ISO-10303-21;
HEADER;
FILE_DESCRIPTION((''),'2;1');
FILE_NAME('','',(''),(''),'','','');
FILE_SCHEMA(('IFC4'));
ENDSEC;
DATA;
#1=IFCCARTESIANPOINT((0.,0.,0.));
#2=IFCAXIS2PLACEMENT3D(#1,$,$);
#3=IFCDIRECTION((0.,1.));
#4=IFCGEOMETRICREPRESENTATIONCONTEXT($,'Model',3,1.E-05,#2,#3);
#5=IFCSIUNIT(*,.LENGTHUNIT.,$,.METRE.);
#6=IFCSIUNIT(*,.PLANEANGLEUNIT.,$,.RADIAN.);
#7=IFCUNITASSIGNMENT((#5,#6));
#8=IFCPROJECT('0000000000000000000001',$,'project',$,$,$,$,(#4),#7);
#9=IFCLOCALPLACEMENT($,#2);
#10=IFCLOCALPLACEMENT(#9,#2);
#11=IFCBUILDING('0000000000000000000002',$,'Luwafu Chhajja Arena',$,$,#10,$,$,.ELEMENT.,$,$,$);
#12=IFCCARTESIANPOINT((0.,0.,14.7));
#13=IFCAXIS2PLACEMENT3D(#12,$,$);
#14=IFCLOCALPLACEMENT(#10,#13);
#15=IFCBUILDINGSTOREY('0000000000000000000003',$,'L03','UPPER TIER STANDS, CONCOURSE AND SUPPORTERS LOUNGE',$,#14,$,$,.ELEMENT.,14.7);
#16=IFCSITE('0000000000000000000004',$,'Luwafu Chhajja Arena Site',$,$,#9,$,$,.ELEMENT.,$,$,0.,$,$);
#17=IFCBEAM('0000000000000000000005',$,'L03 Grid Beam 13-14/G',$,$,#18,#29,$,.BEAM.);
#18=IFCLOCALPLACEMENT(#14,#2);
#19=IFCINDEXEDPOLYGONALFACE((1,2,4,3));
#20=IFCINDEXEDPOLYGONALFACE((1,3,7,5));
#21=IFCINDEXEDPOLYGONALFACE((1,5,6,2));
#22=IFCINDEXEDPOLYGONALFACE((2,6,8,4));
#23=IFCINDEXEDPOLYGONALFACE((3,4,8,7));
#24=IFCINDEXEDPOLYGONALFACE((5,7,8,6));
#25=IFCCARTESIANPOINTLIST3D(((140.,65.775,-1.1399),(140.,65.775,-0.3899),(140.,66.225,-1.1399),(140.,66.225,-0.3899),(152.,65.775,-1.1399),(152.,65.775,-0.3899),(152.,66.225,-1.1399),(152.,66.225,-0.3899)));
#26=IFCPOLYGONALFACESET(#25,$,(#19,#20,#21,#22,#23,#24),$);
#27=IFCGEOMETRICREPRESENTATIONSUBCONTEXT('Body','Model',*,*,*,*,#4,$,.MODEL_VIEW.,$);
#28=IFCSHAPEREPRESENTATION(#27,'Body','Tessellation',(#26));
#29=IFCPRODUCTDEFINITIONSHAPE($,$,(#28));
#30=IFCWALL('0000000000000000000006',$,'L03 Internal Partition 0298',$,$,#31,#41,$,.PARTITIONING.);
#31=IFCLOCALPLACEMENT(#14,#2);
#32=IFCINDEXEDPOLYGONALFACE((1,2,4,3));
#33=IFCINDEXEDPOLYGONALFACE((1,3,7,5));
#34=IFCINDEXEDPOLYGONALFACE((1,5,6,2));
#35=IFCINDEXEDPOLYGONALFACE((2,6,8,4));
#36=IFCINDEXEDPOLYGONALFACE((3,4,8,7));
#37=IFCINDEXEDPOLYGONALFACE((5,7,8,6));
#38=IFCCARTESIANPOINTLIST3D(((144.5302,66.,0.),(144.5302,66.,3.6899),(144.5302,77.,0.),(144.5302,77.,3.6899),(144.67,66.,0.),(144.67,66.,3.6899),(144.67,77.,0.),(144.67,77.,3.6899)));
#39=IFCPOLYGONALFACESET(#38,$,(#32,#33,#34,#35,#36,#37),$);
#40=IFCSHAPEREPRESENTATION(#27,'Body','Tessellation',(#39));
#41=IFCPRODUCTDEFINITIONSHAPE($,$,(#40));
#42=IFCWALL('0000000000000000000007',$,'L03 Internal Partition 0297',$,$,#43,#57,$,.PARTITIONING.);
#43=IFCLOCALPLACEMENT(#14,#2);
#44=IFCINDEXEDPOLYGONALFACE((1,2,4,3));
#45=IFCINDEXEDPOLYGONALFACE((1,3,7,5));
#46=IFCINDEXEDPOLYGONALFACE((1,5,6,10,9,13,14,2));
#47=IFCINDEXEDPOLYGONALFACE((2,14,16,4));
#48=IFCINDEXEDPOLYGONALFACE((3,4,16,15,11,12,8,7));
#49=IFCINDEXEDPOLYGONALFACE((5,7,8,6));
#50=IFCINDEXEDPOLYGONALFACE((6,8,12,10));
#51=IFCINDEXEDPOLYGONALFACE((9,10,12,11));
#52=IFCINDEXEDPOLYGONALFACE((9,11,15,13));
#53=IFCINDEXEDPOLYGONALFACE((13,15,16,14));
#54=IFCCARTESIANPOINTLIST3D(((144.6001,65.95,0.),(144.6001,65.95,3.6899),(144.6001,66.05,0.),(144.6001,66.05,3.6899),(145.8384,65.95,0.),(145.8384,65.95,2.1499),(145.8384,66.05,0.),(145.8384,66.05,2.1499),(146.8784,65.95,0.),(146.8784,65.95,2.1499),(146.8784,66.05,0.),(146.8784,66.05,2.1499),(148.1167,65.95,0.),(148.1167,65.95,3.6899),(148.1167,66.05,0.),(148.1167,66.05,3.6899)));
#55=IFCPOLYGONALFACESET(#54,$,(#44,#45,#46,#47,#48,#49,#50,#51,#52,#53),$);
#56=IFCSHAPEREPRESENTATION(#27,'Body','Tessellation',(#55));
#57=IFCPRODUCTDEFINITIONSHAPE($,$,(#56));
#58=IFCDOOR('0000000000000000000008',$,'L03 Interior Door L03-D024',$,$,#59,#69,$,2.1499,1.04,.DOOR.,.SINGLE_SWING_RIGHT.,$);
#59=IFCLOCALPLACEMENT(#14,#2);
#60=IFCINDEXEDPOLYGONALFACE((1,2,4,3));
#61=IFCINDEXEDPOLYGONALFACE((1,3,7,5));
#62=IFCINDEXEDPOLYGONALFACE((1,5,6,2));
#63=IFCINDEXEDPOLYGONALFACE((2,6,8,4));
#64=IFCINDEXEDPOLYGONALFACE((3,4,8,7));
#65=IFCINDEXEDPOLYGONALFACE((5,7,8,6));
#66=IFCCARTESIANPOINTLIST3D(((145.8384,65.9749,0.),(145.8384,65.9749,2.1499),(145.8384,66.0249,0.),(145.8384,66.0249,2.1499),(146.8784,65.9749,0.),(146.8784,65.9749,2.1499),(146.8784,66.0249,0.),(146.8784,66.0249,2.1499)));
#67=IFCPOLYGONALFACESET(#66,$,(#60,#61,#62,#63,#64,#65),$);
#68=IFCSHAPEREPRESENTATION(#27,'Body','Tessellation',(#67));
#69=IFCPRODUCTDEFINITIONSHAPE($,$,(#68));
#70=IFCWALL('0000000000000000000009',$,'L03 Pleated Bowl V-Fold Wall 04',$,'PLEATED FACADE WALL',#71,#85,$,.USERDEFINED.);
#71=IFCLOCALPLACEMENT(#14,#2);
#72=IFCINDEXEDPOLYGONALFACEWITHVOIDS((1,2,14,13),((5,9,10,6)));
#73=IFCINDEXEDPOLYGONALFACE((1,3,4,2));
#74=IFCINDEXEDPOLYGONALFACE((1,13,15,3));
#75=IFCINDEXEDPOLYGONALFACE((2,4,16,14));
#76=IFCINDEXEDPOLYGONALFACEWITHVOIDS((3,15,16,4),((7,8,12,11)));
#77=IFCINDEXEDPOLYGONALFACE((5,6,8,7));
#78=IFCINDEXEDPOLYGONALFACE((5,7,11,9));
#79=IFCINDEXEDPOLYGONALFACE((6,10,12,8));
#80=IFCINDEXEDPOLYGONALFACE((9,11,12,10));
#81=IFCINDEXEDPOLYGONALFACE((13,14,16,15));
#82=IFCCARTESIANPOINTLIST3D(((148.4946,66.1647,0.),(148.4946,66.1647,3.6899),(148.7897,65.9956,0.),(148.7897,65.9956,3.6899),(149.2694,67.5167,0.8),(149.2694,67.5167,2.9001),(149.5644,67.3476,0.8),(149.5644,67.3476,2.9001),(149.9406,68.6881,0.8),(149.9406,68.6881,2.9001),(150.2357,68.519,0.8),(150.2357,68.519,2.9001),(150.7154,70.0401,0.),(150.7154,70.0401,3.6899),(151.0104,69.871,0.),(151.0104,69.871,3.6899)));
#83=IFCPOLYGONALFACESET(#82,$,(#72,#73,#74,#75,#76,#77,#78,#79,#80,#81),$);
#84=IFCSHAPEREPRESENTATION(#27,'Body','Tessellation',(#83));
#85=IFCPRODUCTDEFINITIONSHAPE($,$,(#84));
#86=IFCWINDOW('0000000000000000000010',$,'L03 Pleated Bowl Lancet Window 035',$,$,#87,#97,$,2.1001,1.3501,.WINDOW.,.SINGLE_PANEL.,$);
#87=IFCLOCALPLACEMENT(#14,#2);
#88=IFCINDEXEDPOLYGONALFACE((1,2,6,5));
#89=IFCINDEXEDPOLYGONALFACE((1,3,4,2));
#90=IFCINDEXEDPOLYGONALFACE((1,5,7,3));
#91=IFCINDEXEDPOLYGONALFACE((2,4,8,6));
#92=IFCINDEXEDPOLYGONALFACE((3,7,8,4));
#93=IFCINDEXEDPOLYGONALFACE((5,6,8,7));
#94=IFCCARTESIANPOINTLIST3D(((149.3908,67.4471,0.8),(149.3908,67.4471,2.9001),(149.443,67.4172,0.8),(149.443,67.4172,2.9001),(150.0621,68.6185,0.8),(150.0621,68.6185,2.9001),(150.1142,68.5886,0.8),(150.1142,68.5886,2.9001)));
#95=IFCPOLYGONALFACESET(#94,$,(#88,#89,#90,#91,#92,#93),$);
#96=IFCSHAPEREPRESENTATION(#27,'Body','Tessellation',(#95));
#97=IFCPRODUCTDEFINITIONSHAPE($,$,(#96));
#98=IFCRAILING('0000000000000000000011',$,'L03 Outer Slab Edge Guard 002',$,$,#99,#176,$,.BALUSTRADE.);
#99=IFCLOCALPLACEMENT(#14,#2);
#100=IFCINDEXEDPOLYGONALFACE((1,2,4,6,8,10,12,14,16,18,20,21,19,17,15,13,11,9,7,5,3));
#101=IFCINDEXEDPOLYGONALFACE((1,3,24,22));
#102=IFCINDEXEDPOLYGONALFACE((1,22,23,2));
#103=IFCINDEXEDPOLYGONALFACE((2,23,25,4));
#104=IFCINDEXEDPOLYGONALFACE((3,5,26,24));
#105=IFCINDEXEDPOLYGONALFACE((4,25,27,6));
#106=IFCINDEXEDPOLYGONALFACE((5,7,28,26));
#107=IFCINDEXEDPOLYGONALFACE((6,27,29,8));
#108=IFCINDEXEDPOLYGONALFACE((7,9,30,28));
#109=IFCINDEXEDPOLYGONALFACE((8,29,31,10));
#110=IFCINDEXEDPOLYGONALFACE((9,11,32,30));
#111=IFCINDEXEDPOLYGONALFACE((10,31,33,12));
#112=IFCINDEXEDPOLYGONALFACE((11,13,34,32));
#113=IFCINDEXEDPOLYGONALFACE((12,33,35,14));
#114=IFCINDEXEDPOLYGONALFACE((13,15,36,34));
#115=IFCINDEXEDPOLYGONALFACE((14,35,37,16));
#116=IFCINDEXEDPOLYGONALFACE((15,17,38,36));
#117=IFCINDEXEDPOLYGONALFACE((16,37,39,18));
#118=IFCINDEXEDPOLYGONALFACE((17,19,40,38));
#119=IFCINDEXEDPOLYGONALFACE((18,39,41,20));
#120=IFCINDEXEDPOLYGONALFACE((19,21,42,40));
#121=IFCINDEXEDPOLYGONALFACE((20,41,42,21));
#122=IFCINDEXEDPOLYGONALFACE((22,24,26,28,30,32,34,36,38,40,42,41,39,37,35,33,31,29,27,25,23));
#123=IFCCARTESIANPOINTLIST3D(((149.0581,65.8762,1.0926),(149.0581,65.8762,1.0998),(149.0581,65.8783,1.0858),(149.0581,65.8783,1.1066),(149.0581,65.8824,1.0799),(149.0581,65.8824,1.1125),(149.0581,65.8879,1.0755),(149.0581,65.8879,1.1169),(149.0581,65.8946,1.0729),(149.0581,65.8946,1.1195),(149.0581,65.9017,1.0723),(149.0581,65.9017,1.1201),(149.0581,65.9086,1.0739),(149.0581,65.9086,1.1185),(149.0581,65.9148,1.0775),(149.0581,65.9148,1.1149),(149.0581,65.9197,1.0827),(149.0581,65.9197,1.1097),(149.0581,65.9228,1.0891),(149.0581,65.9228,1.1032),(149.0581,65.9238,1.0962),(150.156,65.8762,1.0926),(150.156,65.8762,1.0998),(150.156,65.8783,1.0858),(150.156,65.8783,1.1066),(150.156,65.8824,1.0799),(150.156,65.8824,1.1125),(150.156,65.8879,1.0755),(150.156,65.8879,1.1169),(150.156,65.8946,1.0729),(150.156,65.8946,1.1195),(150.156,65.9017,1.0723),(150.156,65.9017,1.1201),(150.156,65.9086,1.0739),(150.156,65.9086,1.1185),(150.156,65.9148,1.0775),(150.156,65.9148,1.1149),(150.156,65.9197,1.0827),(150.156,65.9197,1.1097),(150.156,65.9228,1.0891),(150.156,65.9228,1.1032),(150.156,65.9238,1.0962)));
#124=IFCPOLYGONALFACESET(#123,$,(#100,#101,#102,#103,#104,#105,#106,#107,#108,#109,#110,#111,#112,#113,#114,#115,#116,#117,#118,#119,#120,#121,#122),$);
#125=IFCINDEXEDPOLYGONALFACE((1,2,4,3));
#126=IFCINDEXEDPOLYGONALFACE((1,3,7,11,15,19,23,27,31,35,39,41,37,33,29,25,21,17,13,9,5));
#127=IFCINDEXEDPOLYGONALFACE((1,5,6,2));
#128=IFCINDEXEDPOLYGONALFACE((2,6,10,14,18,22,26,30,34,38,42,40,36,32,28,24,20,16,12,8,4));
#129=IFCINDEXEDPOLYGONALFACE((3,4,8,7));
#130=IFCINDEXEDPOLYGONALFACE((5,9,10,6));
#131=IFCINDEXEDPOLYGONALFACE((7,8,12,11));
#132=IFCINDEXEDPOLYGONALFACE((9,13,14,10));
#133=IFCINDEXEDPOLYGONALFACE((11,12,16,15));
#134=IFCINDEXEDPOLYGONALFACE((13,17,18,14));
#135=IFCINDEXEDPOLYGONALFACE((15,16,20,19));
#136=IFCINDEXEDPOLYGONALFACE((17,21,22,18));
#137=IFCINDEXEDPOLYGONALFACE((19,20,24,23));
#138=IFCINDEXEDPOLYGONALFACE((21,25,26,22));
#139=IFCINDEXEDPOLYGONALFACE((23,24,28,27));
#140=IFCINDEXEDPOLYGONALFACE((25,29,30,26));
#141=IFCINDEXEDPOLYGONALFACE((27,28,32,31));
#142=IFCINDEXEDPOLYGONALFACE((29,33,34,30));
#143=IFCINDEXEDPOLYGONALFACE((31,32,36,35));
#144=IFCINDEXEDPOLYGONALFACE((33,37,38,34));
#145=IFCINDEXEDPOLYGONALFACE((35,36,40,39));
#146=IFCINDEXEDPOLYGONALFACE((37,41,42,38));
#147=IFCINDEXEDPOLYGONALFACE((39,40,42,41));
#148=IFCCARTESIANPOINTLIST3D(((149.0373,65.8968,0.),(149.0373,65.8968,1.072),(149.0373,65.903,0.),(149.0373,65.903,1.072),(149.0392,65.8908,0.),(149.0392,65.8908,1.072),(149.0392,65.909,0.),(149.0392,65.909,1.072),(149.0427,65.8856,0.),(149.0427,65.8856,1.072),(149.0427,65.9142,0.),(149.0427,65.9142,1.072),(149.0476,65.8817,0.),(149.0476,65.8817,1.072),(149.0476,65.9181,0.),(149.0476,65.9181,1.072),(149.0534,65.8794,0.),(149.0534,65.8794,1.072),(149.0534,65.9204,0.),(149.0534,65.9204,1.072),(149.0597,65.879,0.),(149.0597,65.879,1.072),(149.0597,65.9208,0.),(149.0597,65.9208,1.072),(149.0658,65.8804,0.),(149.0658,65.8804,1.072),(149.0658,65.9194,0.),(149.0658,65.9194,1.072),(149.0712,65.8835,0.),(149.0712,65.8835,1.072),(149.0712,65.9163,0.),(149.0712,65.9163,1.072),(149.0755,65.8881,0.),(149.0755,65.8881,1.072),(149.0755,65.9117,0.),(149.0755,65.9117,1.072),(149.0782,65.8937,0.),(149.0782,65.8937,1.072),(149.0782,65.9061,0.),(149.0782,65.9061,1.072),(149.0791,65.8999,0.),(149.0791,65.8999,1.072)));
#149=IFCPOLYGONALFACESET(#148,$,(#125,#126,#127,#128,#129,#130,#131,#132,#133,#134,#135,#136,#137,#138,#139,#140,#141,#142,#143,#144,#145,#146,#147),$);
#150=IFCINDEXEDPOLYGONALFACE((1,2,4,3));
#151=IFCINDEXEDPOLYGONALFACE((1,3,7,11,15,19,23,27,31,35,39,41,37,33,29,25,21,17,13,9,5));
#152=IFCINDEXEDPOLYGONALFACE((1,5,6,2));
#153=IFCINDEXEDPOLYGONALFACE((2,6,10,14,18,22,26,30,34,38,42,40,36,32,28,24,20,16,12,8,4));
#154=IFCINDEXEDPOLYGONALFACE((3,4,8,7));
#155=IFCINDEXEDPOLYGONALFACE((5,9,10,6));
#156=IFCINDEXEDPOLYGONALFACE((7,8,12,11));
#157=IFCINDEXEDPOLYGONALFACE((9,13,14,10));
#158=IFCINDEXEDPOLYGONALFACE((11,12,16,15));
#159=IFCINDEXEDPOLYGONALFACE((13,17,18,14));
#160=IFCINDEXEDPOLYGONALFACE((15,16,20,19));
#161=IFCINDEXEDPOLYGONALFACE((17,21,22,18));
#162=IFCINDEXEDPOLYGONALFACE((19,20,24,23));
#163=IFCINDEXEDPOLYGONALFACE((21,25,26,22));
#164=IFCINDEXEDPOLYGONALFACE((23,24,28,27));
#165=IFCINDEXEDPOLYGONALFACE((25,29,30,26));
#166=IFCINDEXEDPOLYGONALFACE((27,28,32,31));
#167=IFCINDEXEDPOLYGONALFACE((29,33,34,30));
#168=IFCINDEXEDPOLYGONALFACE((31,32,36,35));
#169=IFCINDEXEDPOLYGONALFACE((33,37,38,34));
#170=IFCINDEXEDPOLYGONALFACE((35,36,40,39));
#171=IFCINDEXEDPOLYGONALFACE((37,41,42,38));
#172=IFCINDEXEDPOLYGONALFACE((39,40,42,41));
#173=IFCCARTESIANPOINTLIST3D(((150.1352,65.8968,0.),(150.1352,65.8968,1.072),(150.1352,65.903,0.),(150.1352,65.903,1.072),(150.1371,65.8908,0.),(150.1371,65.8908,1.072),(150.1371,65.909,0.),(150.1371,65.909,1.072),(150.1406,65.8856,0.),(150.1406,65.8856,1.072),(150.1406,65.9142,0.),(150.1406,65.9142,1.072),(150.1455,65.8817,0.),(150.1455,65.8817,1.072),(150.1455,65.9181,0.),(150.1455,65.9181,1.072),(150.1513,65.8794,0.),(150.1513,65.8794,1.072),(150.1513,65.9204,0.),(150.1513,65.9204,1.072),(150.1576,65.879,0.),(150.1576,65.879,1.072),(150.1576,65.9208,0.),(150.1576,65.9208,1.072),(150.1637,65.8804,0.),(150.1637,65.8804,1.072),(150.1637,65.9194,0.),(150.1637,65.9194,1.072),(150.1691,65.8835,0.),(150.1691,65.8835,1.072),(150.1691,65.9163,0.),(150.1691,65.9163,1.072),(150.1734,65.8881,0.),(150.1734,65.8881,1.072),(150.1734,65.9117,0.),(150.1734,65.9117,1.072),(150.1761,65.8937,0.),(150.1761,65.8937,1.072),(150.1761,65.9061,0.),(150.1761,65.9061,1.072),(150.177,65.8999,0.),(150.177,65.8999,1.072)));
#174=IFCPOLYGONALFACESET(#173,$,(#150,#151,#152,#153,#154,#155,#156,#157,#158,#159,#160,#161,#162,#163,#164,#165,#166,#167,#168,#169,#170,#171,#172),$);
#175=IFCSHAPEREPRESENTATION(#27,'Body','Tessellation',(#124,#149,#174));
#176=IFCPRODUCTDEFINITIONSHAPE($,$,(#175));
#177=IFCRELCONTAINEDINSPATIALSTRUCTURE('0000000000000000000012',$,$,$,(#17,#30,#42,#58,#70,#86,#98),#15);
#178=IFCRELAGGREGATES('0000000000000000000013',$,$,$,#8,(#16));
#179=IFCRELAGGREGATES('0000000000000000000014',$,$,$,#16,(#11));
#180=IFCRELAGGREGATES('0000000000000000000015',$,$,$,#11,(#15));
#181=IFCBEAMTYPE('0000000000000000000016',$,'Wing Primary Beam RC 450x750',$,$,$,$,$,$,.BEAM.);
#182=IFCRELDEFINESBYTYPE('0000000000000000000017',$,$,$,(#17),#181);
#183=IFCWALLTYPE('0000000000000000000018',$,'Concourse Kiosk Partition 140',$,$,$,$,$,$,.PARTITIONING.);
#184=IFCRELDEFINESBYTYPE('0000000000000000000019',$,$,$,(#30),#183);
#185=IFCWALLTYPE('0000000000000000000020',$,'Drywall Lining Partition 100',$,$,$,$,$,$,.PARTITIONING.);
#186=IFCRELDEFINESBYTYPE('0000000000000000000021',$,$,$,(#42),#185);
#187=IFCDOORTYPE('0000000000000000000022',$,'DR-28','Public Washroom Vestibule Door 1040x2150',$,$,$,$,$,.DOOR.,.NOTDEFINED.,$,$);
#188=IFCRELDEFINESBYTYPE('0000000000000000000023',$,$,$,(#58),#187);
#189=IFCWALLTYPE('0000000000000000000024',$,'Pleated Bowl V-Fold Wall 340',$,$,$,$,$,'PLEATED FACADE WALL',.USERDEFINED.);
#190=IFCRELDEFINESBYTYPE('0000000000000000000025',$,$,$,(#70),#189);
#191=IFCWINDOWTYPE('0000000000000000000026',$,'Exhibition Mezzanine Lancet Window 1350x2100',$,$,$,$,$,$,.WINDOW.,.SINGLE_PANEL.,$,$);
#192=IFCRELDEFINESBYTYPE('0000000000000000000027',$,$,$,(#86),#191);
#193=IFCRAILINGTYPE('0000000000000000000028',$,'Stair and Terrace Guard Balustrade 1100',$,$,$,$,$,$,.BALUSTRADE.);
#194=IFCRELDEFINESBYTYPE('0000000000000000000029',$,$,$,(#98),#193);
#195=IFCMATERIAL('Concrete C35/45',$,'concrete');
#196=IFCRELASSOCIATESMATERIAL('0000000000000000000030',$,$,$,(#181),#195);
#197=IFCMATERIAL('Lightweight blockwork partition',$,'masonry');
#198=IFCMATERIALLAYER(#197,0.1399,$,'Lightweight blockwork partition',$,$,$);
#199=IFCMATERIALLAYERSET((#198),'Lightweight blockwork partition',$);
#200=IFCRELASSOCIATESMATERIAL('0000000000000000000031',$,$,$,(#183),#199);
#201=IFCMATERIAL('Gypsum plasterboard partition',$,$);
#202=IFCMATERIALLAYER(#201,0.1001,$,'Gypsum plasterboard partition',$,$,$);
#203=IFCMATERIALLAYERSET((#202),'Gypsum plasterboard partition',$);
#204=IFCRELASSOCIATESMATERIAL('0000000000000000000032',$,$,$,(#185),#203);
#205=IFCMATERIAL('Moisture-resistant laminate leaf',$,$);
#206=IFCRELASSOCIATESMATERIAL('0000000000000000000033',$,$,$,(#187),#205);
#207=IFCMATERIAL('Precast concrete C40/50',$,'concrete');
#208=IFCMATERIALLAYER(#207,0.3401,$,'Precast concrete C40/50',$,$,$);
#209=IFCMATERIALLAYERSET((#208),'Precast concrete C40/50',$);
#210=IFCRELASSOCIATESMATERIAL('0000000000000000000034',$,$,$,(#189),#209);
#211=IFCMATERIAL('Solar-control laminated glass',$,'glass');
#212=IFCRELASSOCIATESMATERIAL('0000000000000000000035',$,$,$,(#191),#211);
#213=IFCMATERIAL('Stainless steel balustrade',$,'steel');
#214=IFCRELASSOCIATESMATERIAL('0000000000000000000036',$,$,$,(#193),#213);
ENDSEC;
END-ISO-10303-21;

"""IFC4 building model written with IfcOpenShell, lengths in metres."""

from ifc_helpers import new_model, si_unit, direction, frame, frame_2d, origin, origin_2d, place, context, subcontext, project, spatial, rectangle, circle, extrude, material, layer, layer_set, material_profile, profile_set, type_object, element, fill, save


model = new_model("IFC4")

# Units and contexts
model_context = context("Model", 3, precision=1e-05, world=origin(), true_north=direction((0.0, 1.0)))
body_context = subcontext(model_context, "Body", "Model", "MODEL_VIEW")
ifc_project = project(units=[si_unit("LENGTHUNIT", "METRE"), si_unit("PLANEANGLEUNIT", "RADIAN")], contexts=[model_context])

# Site, building, storey
site_placement = place(None, origin())
site = spatial("IfcSite", under=ifc_project, at=site_placement, Name="Luwafu Chhajja Arena Site", CompositionType="ELEMENT", RefElevation=0.0)
building_placement = place(site_placement, origin())
building = spatial("IfcBuilding", under=site, at=building_placement, Name="Luwafu Chhajja Arena", CompositionType="ELEMENT")
storey_placement = place(building_placement, frame((0.0, 0.0, 14.7)))
storey = spatial("IfcBuildingStorey", under=building, at=storey_placement, Name="L03", Description="UPPER TIER STANDS, CONCOURSE AND SUPPORTERS LOUNGE", CompositionType="ELEMENT", Elevation=14.7)

# Shared definitions
ifc_material_1 = material(Name="Concrete C35/45", Category="concrete")

# Beam
ifc_material_profile_1 = material_profile(ifc_material_1, rectangle(XDim=0.45, YDim=0.75, at=origin_2d()), Name="RC 450x750")
ifc_profile_set_1 = profile_set([ifc_material_profile_1], Name="Concrete C35/45")
beam_type_1 = type_object("IfcBeamType", Name="Wing Primary Beam RC 450x750", PredefinedType="BEAM", material=ifc_profile_set_1)
beam_1_placement = place(storey_placement, frame((140.0, 66.0, -0.7649), z_axis=(1.0, 0.0, 0.0), x_axis=(0.0, 1.0, 0.0)))
element("IfcBeam", 1, at=beam_1_placement, inside=storey, type_object=beam_type_1, Name="L03 Grid Beam 13-14/G", PredefinedType="BEAM", context=body_context, shape_type="SweptSolid", body=[
    extrude(rectangle(XDim=0.45, YDim=0.75, at=origin_2d()), origin(), (0.0, 0.0, 1.0), 12.0),
])

# Wall
ifc_material_2 = material(Name="Lightweight blockwork partition", Category="masonry")
ifc_layer_1 = layer(ifc_material_2, 0.1399, Name="Lightweight blockwork partition")
ifc_layer_set_1 = layer_set([ifc_layer_1], Name="Lightweight blockwork partition")
wall_type_1 = type_object("IfcWallType", Name="Concourse Kiosk Partition 140", PredefinedType="PARTITIONING", material=ifc_layer_set_1)
wall_1_placement = place(storey_placement, frame((144.6001, 66.0, 0.0), z_axis=(0.0, 0.0, 1.0), x_axis=(0.0, 1.0, 0.0)))
element("IfcWall", 2, at=wall_1_placement, inside=storey, type_object=wall_type_1, Name="L03 Internal Partition 0298", PredefinedType="PARTITIONING", context=body_context, shape_type="SweptSolid", body=[
    extrude(rectangle(XDim=11.0, YDim=0.1399, at=frame_2d((5.5, 0.0))), origin(), (0.0, 0.0, 1.0), 3.6899),
])

# Wall, opening, door
ifc_material_3 = material(Name="Gypsum plasterboard partition")
ifc_layer_2 = layer(ifc_material_3, 0.1001, Name="Gypsum plasterboard partition")
ifc_layer_set_2 = layer_set([ifc_layer_2], Name="Gypsum plasterboard partition")
wall_type_2 = type_object("IfcWallType", Name="Drywall Lining Partition 100", PredefinedType="PARTITIONING", material=ifc_layer_set_2)
wall_2_placement = place(storey_placement, frame((144.6001, 66.0, 0.0), z_axis=(0.0, 0.0, 1.0), x_axis=(1.0, 0.0, 0.0)))
wall_2 = element("IfcWall", 3, at=wall_2_placement, inside=storey, type_object=wall_type_2, Name="L03 Internal Partition 0297", PredefinedType="PARTITIONING", context=body_context, shape_type="SweptSolid", body=[
    extrude(rectangle(XDim=3.5166, YDim=0.1001, at=frame_2d((1.7583, 0.0))), origin(), (0.0, 0.0, 1.0), 3.6899),
])
opening_1_placement = place(wall_2_placement, frame((1.2383, 0.0, 0.0)))
opening_1 = element("IfcOpeningElement", 4, at=opening_1_placement, cuts=wall_2, PredefinedType="OPENING", context=body_context, shape_type="SweptSolid", body=[
    extrude(rectangle(XDim=1.04, YDim=2.1499, at=frame_2d((0.52, 1.075))), frame((0.0, 0.0601, 0.0), z_axis=(0.0, -1.0, 0.0), x_axis=(1.0, 0.0, 0.0)), (0.0, 0.0, 1.0), 0.1201),
])
ifc_material_4 = material(Name="Moisture-resistant laminate leaf")
door_type = type_object("IfcDoorType", Name="DR-28", Description="Public Washroom Vestibule Door 1040x2150", OperationType="NOTDEFINED", PredefinedType="DOOR", material=ifc_material_4)
door_placement = place(opening_1_placement, origin())
door = element("IfcDoor", 5, at=door_placement, inside=storey, type_object=door_type, Name="L03 Interior Door L03-D024", OperationType="SINGLE_SWING_RIGHT", OverallHeight=2.1499, OverallWidth=1.04, PredefinedType="DOOR", context=body_context, shape_type="SweptSolid", body=[
    extrude(rectangle(XDim=1.04, YDim=2.1499, at=frame_2d((0.52, 1.075))), frame((0.0, 0.0249, 0.0), z_axis=(0.0, -1.0, 0.0), x_axis=(1.0, 0.0, 0.0)), (0.0, 0.0, 1.0), 0.05),
])
fill(opening_1, door)

# Wall, opening, window
ifc_material_5 = material(Name="Precast concrete C40/50", Category="concrete")
ifc_layer_3 = layer(ifc_material_5, 0.3401, Name="Precast concrete C40/50")
ifc_layer_set_3 = layer_set([ifc_layer_3], Name="Precast concrete C40/50")
wall_type_3 = type_object("IfcWallType", Name="Pleated Bowl V-Fold Wall 340", ElementType="PLEATED FACADE WALL", PredefinedType="USERDEFINED", material=ifc_layer_set_3)
wall_3_placement = place(storey_placement, frame((148.6421, 66.0801, 0.0), z_axis=(0.0, 0.0, 1.0), x_axis=(0.497198, 0.867637, 0.0)))
wall_3 = element("IfcWall", 6, at=wall_3_placement, inside=storey, type_object=wall_type_3, Name="L03 Pleated Bowl V-Fold Wall 04", ObjectType="PLEATED FACADE WALL", PredefinedType="USERDEFINED", context=body_context, shape_type="SweptSolid", body=[
    extrude(rectangle(XDim=4.4666, YDim=0.3401, at=frame_2d((2.2334, 0.0))), origin(), (0.0, 0.0, 1.0), 3.6899),
])
opening_2_placement = place(wall_3_placement, frame((1.5583, 0.0, 0.8)))
opening_2 = element("IfcOpeningElement", 7, at=opening_2_placement, cuts=wall_3, PredefinedType="OPENING", context=body_context, shape_type="SweptSolid", body=[
    extrude(rectangle(XDim=1.3501, YDim=2.1001, at=frame_2d((0.675, 1.05))), frame((0.0, 0.1799, 0.0), z_axis=(0.0, -1.0, 0.0), x_axis=(1.0, 0.0, 0.0)), (0.0, 0.0, 1.0), 0.3601),
])
ifc_material_6 = material(Name="Solar-control laminated glass", Category="glass")
window_type = type_object("IfcWindowType", Name="Exhibition Mezzanine Lancet Window 1350x2100", PartitioningType="SINGLE_PANEL", PredefinedType="WINDOW", material=ifc_material_6)
window_placement = place(opening_2_placement, origin())
window = element("IfcWindow", 8, at=window_placement, inside=storey, type_object=window_type, Name="L03 Pleated Bowl Lancet Window 035", OverallHeight=2.1001, OverallWidth=1.3501, PartitioningType="SINGLE_PANEL", PredefinedType="WINDOW", context=body_context, shape_type="SweptSolid", body=[
    extrude(rectangle(XDim=1.3501, YDim=2.1001, at=frame_2d((0.675, 1.05))), frame((0.0, 0.03, 0.0), z_axis=(0.0, -1.0, 0.0), x_axis=(1.0, 0.0, 0.0)), (0.0, 0.0, 1.0), 0.0601),
])
fill(opening_2, window)

# Railing
ifc_material_7 = material(Name="Stainless steel balustrade", Category="steel")
railing_type_1 = type_object("IfcRailingType", Name="Stair and Terrace Guard Balustrade 1100", PredefinedType="BALUSTRADE", material=ifc_material_7)
railing_1_placement = place(storey_placement, frame((149.0581, 65.8999, 0.0)))
element("IfcRailing", 9, at=railing_1_placement, inside=storey, type_object=railing_type_1, Name="L03 Outer Slab Edge Guard 002", PredefinedType="BALUSTRADE", context=body_context, shape_type="SweptSolid", body=[
    extrude(circle(Radius=0.0239, at=origin_2d()), frame((0.0, 0.0, 1.0962), z_axis=(1.0, 0.0, 0.0), x_axis=(0.0, 1.0, 0.0)), (0.0, 0.0, 1.0), 1.0979),
    extrude(circle(Radius=0.021, at=origin_2d()), origin(), (0.0, 0.0, 1.0), 1.072),
    extrude(circle(Radius=0.021, at=origin_2d()), frame((1.0979, 0.0, 0.0)), (0.0, 0.0, 1.0), 1.072),
])

save(model, "model.ifc")
